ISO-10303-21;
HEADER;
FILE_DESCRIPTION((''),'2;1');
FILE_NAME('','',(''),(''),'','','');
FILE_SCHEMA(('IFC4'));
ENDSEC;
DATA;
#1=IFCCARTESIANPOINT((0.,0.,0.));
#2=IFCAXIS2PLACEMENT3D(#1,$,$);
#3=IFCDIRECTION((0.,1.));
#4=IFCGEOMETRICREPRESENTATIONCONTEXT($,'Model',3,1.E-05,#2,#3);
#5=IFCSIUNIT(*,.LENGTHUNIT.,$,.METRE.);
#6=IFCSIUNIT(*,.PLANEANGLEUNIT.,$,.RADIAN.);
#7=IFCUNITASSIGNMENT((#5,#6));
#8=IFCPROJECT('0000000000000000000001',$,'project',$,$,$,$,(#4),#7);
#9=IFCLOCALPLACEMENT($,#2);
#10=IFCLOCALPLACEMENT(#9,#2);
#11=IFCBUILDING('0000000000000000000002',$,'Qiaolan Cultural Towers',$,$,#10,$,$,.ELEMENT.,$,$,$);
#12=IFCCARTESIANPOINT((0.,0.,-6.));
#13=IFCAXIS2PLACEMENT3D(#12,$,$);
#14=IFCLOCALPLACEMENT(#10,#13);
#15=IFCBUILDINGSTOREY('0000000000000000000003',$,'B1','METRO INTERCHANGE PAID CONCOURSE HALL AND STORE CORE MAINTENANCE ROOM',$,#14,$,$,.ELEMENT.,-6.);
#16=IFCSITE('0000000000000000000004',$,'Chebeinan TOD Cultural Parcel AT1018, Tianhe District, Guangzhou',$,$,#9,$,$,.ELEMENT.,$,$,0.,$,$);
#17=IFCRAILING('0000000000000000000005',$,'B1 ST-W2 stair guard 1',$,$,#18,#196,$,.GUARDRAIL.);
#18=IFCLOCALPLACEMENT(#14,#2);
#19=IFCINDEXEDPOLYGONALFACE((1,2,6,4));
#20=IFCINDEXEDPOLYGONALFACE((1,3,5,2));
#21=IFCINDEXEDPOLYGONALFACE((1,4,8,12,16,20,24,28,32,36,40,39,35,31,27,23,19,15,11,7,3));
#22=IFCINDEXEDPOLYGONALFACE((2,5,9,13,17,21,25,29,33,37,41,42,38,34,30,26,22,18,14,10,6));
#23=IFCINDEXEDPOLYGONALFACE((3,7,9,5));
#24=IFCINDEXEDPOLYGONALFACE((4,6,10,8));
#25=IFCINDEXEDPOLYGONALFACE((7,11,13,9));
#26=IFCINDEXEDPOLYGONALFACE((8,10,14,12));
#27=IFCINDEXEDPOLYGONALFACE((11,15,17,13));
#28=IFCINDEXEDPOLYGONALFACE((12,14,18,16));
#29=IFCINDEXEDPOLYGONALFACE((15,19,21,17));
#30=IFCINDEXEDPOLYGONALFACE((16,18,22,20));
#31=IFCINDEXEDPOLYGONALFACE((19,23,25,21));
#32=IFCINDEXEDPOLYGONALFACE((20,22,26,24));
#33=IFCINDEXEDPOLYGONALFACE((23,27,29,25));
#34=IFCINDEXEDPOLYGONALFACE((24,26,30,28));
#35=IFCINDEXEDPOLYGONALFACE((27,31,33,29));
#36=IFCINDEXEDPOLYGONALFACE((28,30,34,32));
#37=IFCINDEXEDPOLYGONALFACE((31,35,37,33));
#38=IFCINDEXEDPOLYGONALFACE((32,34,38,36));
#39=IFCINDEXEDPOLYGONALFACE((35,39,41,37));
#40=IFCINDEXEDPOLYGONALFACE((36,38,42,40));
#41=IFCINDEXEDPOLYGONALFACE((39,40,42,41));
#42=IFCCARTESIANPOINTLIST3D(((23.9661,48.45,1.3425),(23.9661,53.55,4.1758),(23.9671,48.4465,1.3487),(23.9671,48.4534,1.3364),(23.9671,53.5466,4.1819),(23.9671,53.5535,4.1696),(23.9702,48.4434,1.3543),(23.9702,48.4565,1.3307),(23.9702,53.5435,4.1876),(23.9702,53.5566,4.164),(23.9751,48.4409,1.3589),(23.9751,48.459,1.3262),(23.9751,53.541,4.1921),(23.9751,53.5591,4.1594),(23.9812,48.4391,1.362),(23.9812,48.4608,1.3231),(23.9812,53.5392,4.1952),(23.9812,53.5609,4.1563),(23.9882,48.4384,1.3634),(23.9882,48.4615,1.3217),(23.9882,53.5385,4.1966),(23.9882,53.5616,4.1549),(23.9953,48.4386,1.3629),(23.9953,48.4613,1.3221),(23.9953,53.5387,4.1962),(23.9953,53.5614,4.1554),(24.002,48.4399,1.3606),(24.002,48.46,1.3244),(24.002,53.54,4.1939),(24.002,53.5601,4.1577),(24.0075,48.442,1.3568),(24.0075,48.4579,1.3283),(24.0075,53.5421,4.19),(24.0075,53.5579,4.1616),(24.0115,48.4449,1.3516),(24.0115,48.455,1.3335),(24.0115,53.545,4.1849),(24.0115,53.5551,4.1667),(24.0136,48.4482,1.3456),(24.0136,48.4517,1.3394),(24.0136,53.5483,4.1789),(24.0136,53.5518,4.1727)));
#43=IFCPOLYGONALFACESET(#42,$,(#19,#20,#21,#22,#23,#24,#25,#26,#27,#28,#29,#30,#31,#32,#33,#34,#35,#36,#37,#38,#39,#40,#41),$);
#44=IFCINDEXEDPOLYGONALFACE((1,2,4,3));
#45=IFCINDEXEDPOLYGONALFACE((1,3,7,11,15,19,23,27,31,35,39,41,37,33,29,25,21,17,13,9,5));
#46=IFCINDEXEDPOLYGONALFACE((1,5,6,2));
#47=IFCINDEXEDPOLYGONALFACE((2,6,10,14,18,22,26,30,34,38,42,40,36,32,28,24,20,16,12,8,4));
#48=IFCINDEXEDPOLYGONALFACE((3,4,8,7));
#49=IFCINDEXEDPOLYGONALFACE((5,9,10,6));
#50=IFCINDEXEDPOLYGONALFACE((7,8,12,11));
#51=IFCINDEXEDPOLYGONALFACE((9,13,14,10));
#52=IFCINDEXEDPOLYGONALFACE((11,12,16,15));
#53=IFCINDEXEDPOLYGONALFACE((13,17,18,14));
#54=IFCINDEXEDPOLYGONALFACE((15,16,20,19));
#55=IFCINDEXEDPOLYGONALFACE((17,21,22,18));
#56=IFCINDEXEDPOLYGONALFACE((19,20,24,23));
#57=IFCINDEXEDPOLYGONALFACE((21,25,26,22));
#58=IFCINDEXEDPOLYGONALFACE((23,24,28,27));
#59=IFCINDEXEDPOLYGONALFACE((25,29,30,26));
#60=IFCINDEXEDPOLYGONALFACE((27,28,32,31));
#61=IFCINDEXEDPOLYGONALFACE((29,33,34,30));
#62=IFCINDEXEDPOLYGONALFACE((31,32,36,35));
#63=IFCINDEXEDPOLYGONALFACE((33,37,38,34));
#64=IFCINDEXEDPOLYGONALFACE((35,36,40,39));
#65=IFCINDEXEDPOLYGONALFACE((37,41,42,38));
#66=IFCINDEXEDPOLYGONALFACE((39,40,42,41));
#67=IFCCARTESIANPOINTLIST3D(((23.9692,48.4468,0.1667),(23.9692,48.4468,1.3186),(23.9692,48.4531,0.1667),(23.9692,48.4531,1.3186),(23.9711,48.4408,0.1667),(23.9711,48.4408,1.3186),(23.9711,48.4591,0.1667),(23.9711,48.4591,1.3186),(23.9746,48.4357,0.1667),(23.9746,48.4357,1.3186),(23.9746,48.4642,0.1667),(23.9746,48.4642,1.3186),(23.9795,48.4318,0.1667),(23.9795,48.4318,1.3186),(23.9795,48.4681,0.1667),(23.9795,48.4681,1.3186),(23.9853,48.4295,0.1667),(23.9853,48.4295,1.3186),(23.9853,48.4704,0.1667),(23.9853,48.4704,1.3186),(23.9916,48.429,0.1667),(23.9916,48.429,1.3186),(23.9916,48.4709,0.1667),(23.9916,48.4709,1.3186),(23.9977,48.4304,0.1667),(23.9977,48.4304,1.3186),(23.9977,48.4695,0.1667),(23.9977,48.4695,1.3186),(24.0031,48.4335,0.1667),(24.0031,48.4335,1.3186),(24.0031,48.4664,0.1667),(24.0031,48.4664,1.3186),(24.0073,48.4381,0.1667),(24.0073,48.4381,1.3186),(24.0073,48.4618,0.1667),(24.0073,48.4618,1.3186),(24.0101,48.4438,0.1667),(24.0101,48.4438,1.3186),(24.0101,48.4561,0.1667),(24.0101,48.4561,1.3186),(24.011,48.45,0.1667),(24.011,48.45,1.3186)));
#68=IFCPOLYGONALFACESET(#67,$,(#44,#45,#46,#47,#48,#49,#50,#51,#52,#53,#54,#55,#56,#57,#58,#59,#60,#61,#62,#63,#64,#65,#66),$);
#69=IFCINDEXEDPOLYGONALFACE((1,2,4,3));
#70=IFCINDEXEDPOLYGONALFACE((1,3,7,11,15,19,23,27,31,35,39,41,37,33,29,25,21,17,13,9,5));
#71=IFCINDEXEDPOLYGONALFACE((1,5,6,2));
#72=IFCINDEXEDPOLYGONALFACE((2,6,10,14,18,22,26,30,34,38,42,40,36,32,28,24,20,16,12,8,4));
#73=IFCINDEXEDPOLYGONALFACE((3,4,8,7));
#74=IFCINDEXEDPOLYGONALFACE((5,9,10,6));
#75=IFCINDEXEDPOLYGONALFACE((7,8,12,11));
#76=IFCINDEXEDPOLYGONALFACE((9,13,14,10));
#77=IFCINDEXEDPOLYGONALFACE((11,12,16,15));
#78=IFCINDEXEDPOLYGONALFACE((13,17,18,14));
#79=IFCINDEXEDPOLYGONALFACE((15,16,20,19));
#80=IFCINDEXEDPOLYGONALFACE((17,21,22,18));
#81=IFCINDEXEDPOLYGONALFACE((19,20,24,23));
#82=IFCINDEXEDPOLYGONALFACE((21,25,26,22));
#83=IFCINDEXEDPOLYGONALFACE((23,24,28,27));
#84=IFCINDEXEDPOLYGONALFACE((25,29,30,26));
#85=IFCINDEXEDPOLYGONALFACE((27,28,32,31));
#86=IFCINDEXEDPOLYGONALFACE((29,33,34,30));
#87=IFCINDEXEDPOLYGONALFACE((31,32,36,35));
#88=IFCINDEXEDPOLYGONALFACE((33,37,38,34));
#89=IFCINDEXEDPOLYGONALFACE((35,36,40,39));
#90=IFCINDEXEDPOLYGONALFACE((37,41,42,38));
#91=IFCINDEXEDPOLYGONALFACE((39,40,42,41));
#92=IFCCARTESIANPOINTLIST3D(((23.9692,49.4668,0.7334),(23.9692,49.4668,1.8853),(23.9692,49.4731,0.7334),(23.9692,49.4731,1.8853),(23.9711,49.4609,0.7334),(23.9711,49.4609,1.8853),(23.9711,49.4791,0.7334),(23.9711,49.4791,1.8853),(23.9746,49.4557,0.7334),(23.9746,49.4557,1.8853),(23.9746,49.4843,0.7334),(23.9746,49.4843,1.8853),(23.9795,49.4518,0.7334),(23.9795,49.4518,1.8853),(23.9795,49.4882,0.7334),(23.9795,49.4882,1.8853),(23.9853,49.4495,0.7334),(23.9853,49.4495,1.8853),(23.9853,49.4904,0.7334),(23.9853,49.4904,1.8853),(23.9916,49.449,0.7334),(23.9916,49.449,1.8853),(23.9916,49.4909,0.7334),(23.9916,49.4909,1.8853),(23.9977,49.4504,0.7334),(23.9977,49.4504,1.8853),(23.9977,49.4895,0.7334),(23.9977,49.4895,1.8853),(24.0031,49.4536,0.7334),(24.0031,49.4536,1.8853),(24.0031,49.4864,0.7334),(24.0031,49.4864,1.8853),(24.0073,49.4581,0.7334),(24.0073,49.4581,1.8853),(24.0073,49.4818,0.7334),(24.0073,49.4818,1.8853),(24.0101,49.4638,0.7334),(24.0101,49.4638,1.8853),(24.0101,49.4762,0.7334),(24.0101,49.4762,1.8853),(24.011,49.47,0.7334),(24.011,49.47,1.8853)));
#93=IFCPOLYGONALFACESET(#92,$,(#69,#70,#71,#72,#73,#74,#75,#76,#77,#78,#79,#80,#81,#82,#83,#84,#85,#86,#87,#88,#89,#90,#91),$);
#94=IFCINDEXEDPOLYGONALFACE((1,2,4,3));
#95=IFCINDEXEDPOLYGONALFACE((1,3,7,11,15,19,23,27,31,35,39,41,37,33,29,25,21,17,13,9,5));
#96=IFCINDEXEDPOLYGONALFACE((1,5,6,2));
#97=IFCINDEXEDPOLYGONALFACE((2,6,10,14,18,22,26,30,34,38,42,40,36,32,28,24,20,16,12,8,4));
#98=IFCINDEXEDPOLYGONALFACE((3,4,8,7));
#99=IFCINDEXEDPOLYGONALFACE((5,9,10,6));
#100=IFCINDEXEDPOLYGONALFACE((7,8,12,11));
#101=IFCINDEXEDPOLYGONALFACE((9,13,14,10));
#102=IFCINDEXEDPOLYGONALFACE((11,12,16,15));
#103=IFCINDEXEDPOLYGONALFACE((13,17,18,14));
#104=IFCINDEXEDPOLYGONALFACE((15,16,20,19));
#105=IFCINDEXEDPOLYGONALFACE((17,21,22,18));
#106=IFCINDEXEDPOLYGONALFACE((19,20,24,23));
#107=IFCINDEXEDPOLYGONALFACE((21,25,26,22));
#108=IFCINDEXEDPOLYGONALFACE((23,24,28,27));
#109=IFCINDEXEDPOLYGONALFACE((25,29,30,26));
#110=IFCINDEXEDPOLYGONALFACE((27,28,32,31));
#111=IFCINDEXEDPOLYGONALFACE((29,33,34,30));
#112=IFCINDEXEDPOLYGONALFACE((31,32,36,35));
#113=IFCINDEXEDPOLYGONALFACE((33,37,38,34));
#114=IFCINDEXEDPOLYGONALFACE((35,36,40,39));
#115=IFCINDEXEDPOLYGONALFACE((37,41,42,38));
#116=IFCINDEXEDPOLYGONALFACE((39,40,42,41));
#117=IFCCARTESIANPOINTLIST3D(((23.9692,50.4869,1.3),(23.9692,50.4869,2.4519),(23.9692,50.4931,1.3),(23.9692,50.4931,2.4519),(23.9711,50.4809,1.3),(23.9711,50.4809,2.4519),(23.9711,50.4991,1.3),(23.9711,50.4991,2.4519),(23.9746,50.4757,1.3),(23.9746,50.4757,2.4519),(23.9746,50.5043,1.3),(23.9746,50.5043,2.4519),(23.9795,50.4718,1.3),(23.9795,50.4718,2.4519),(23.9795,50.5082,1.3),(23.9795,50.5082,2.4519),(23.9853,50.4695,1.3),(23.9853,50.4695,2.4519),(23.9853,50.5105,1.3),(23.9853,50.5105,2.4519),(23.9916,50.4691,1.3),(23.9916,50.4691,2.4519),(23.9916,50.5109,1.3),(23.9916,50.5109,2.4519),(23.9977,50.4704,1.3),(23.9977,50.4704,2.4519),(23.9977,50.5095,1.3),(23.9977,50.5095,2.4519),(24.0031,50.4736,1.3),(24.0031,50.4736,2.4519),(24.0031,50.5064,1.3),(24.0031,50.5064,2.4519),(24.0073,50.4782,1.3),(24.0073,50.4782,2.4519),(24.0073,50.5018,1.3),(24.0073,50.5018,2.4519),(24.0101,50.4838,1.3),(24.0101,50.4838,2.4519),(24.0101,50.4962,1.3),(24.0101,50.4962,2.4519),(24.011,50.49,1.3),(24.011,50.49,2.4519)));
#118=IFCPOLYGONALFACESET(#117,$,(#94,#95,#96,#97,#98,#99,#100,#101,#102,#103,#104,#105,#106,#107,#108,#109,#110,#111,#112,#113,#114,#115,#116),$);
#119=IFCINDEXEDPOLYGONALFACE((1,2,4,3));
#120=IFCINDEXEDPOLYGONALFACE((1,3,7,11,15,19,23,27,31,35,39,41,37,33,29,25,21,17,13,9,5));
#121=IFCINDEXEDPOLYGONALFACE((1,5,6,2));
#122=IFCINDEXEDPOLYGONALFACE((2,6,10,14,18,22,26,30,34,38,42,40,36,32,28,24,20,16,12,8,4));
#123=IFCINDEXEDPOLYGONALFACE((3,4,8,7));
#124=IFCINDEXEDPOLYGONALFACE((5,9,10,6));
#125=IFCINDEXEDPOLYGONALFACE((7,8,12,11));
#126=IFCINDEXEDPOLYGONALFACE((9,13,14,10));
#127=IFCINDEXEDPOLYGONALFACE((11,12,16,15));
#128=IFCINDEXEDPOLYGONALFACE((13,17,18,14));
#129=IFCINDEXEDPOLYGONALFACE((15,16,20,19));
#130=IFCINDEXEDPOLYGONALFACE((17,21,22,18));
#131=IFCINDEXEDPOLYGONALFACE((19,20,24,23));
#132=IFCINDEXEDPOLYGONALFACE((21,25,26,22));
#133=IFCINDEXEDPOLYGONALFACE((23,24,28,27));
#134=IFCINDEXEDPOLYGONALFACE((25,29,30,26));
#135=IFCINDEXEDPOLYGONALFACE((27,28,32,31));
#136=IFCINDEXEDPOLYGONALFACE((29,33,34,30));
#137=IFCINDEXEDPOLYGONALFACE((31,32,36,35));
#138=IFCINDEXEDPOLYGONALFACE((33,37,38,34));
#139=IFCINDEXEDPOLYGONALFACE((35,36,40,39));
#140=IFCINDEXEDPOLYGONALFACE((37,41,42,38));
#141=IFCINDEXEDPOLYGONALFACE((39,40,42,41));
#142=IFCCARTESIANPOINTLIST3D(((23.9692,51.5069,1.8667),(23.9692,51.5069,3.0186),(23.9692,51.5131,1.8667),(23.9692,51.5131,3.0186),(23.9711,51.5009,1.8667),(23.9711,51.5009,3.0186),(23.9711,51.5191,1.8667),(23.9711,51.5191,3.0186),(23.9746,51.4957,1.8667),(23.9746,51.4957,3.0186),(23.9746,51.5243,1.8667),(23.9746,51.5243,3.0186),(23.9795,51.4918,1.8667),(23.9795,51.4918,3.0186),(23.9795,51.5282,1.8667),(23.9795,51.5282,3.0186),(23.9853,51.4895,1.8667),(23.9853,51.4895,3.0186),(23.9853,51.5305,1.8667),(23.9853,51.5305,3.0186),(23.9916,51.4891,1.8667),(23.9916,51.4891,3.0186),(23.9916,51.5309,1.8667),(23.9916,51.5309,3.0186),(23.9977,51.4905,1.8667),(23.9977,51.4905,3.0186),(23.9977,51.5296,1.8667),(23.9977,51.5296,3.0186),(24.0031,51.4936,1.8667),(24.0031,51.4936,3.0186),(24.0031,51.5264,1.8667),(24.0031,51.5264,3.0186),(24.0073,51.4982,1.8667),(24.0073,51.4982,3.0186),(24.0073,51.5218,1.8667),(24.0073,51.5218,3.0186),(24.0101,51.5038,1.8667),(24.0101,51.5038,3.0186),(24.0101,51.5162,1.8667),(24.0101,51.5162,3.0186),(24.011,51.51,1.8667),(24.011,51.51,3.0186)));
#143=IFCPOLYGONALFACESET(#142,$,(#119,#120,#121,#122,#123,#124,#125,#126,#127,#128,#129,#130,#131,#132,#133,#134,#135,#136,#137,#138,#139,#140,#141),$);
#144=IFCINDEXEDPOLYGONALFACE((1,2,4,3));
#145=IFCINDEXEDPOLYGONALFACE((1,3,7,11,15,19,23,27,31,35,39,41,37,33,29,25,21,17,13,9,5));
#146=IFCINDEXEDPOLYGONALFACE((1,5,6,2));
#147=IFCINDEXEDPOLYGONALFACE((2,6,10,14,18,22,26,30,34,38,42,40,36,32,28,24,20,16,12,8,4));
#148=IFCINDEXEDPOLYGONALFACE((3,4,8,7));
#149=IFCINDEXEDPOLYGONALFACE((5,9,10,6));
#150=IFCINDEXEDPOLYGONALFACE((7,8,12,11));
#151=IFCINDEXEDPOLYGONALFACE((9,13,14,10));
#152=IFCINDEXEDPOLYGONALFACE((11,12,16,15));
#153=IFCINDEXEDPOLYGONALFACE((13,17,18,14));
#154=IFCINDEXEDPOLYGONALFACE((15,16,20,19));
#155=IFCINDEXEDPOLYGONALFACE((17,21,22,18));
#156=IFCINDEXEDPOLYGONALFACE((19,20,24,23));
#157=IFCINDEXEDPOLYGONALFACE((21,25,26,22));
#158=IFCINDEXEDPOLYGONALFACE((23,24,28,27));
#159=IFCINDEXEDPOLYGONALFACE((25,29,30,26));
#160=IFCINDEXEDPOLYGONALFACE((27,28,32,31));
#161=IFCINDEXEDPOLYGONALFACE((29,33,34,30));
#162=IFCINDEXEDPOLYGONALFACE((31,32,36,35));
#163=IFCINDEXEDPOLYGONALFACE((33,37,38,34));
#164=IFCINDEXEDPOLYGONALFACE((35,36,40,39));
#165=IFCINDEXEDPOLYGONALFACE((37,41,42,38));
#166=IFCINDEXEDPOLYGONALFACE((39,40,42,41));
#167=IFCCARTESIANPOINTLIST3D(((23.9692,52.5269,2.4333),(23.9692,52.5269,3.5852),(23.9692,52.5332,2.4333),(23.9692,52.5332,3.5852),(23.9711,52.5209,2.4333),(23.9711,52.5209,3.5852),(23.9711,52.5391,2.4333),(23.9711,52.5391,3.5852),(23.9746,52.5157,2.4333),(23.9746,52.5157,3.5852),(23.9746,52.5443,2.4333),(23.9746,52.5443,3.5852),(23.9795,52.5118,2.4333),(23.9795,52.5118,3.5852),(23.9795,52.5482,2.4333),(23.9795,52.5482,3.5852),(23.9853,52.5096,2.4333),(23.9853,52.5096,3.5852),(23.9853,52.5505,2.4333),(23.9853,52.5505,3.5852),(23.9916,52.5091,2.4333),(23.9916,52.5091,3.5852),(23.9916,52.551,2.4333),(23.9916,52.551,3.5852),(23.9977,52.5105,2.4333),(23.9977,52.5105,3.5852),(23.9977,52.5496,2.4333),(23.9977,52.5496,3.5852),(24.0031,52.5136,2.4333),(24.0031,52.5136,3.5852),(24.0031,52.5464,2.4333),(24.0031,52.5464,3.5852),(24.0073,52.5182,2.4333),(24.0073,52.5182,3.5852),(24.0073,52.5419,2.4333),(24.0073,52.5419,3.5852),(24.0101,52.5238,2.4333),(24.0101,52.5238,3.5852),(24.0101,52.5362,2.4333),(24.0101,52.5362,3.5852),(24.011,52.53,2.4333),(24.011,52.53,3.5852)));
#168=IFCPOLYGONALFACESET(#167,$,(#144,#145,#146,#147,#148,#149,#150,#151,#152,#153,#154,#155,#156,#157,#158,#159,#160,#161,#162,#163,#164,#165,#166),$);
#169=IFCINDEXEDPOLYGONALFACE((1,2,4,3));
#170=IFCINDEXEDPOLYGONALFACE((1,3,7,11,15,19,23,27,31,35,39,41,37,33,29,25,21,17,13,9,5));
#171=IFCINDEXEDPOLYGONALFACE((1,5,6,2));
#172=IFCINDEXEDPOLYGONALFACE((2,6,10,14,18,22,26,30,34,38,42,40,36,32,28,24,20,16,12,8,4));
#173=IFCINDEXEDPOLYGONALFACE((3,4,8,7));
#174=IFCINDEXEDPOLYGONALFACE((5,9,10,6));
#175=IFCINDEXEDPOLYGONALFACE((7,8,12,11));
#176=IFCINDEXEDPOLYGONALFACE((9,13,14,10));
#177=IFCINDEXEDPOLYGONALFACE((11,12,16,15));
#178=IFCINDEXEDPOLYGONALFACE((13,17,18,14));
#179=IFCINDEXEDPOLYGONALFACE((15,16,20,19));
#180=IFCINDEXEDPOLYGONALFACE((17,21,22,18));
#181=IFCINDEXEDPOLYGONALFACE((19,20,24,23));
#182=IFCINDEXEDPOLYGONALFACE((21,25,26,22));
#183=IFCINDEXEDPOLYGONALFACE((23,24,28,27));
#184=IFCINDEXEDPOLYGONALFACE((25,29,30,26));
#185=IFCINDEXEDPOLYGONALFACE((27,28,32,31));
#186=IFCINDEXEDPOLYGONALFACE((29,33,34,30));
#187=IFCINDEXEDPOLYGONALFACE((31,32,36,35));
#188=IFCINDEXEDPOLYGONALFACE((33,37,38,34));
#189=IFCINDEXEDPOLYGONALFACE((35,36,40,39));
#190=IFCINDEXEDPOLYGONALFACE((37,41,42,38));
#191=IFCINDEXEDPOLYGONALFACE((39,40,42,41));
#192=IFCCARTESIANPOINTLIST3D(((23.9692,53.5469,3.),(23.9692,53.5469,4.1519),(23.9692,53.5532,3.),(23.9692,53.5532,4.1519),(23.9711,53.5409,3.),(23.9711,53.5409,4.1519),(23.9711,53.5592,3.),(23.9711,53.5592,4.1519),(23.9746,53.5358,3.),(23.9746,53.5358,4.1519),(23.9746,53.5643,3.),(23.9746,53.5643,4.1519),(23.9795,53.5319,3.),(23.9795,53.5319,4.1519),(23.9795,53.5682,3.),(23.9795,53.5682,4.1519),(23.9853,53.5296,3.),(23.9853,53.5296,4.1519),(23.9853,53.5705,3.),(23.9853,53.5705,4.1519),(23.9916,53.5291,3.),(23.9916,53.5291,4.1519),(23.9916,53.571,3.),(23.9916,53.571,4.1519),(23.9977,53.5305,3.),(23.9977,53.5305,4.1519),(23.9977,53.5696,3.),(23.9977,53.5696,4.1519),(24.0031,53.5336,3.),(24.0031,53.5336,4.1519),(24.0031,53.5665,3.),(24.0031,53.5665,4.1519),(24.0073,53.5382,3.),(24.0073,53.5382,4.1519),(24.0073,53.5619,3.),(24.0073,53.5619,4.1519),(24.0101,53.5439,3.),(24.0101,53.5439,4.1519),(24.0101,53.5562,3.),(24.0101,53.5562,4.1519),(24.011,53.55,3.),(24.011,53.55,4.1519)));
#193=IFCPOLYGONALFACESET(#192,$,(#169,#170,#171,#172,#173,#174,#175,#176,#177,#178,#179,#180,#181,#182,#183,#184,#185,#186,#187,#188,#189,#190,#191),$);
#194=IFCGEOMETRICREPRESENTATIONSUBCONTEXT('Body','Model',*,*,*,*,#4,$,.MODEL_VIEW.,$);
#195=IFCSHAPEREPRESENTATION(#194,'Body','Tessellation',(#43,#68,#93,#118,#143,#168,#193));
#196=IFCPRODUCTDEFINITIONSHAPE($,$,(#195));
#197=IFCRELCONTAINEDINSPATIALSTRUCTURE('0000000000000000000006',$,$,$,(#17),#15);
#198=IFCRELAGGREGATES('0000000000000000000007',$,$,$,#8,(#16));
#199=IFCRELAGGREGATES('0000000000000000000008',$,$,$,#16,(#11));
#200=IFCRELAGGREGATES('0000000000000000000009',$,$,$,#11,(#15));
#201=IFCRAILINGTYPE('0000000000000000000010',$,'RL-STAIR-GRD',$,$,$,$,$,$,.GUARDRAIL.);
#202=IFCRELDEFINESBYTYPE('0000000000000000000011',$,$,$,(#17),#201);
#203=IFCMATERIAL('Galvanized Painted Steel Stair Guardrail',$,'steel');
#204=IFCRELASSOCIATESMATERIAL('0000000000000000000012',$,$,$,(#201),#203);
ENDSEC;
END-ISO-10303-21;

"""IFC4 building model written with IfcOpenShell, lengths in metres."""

from ifc_helpers import new_model, si_unit, direction, frame, origin, origin_2d, place, context, subcontext, project, spatial, circle, extrude, material, type_object, element, save


model = new_model("IFC4")

# Units and contexts
model_context = context("Model", 3, precision=1e-05, world=origin(), true_north=direction((0.0, 1.0)))
body_context = subcontext(model_context, "Body", "Model", "MODEL_VIEW")
ifc_project = project(units=[si_unit("LENGTHUNIT", "METRE"), si_unit("PLANEANGLEUNIT", "RADIAN")], contexts=[model_context])

# Site, building, storey
site_placement = place(None, origin())
site = spatial("IfcSite", under=ifc_project, at=site_placement, Name="Chebeinan TOD Cultural Parcel AT1018, Tianhe District, Guangzhou", CompositionType="ELEMENT", RefElevation=0.0)
building_placement = place(site_placement, origin())
building = spatial("IfcBuilding", under=site, at=building_placement, Name="Qiaolan Cultural Towers", CompositionType="ELEMENT")
storey_placement = place(building_placement, frame((0.0, 0.0, -6.0)))
storey = spatial("IfcBuildingStorey", under=building, at=storey_placement, Name="B1", Description="METRO INTERCHANGE PAID CONCOURSE HALL AND STORE CORE MAINTENANCE ROOM", CompositionType="ELEMENT", Elevation=-6.0)

# Railing
ifc_material_1 = material(Name="Galvanized Painted Steel Stair Guardrail", Category="steel")
railing_type_1 = type_object("IfcRailingType", Name="RL-STAIR-GRD", PredefinedType="GUARDRAIL", material=ifc_material_1)
railing_1_placement = place(storey_placement, frame((23.99, 48.45, 0.1667)))
element("IfcRailing", 1, at=railing_1_placement, inside=storey, type_object=railing_type_1, Name="B1 ST-W2 stair guard 1", PredefinedType="GUARDRAIL", context=body_context, shape_type="SweptSolid", body=[
    extrude(circle(Radius=0.0239, at=origin_2d()), frame((0.0, 0.0, 1.1758), z_axis=(0.0, 0.874167, 0.485625), x_axis=(-1.0, 0.0, 0.0)), (0.0, 0.0, 1.0), 5.8342),
    extrude(circle(Radius=0.021, at=origin_2d()), origin(), (0.0, 0.0, 1.0), 1.1519),
    extrude(circle(Radius=0.021, at=origin_2d()), frame((0.0, 1.02, 0.5667)), (0.0, 0.0, 1.0), 1.1519),
    extrude(circle(Radius=0.021, at=origin_2d()), frame((0.0, 2.04, 1.1333)), (0.0, 0.0, 1.0), 1.1519),
    extrude(circle(Radius=0.021, at=origin_2d()), frame((0.0, 3.0601, 1.7)), (0.0, 0.0, 1.0), 1.1519),
    extrude(circle(Radius=0.021, at=origin_2d()), frame((0.0, 4.0801, 2.2666)), (0.0, 0.0, 1.0), 1.1519),
    extrude(circle(Radius=0.021, at=origin_2d()), frame((0.0, 5.1001, 2.8333)), (0.0, 0.0, 1.0), 1.1519),
])

save(model, "model.ifc")
